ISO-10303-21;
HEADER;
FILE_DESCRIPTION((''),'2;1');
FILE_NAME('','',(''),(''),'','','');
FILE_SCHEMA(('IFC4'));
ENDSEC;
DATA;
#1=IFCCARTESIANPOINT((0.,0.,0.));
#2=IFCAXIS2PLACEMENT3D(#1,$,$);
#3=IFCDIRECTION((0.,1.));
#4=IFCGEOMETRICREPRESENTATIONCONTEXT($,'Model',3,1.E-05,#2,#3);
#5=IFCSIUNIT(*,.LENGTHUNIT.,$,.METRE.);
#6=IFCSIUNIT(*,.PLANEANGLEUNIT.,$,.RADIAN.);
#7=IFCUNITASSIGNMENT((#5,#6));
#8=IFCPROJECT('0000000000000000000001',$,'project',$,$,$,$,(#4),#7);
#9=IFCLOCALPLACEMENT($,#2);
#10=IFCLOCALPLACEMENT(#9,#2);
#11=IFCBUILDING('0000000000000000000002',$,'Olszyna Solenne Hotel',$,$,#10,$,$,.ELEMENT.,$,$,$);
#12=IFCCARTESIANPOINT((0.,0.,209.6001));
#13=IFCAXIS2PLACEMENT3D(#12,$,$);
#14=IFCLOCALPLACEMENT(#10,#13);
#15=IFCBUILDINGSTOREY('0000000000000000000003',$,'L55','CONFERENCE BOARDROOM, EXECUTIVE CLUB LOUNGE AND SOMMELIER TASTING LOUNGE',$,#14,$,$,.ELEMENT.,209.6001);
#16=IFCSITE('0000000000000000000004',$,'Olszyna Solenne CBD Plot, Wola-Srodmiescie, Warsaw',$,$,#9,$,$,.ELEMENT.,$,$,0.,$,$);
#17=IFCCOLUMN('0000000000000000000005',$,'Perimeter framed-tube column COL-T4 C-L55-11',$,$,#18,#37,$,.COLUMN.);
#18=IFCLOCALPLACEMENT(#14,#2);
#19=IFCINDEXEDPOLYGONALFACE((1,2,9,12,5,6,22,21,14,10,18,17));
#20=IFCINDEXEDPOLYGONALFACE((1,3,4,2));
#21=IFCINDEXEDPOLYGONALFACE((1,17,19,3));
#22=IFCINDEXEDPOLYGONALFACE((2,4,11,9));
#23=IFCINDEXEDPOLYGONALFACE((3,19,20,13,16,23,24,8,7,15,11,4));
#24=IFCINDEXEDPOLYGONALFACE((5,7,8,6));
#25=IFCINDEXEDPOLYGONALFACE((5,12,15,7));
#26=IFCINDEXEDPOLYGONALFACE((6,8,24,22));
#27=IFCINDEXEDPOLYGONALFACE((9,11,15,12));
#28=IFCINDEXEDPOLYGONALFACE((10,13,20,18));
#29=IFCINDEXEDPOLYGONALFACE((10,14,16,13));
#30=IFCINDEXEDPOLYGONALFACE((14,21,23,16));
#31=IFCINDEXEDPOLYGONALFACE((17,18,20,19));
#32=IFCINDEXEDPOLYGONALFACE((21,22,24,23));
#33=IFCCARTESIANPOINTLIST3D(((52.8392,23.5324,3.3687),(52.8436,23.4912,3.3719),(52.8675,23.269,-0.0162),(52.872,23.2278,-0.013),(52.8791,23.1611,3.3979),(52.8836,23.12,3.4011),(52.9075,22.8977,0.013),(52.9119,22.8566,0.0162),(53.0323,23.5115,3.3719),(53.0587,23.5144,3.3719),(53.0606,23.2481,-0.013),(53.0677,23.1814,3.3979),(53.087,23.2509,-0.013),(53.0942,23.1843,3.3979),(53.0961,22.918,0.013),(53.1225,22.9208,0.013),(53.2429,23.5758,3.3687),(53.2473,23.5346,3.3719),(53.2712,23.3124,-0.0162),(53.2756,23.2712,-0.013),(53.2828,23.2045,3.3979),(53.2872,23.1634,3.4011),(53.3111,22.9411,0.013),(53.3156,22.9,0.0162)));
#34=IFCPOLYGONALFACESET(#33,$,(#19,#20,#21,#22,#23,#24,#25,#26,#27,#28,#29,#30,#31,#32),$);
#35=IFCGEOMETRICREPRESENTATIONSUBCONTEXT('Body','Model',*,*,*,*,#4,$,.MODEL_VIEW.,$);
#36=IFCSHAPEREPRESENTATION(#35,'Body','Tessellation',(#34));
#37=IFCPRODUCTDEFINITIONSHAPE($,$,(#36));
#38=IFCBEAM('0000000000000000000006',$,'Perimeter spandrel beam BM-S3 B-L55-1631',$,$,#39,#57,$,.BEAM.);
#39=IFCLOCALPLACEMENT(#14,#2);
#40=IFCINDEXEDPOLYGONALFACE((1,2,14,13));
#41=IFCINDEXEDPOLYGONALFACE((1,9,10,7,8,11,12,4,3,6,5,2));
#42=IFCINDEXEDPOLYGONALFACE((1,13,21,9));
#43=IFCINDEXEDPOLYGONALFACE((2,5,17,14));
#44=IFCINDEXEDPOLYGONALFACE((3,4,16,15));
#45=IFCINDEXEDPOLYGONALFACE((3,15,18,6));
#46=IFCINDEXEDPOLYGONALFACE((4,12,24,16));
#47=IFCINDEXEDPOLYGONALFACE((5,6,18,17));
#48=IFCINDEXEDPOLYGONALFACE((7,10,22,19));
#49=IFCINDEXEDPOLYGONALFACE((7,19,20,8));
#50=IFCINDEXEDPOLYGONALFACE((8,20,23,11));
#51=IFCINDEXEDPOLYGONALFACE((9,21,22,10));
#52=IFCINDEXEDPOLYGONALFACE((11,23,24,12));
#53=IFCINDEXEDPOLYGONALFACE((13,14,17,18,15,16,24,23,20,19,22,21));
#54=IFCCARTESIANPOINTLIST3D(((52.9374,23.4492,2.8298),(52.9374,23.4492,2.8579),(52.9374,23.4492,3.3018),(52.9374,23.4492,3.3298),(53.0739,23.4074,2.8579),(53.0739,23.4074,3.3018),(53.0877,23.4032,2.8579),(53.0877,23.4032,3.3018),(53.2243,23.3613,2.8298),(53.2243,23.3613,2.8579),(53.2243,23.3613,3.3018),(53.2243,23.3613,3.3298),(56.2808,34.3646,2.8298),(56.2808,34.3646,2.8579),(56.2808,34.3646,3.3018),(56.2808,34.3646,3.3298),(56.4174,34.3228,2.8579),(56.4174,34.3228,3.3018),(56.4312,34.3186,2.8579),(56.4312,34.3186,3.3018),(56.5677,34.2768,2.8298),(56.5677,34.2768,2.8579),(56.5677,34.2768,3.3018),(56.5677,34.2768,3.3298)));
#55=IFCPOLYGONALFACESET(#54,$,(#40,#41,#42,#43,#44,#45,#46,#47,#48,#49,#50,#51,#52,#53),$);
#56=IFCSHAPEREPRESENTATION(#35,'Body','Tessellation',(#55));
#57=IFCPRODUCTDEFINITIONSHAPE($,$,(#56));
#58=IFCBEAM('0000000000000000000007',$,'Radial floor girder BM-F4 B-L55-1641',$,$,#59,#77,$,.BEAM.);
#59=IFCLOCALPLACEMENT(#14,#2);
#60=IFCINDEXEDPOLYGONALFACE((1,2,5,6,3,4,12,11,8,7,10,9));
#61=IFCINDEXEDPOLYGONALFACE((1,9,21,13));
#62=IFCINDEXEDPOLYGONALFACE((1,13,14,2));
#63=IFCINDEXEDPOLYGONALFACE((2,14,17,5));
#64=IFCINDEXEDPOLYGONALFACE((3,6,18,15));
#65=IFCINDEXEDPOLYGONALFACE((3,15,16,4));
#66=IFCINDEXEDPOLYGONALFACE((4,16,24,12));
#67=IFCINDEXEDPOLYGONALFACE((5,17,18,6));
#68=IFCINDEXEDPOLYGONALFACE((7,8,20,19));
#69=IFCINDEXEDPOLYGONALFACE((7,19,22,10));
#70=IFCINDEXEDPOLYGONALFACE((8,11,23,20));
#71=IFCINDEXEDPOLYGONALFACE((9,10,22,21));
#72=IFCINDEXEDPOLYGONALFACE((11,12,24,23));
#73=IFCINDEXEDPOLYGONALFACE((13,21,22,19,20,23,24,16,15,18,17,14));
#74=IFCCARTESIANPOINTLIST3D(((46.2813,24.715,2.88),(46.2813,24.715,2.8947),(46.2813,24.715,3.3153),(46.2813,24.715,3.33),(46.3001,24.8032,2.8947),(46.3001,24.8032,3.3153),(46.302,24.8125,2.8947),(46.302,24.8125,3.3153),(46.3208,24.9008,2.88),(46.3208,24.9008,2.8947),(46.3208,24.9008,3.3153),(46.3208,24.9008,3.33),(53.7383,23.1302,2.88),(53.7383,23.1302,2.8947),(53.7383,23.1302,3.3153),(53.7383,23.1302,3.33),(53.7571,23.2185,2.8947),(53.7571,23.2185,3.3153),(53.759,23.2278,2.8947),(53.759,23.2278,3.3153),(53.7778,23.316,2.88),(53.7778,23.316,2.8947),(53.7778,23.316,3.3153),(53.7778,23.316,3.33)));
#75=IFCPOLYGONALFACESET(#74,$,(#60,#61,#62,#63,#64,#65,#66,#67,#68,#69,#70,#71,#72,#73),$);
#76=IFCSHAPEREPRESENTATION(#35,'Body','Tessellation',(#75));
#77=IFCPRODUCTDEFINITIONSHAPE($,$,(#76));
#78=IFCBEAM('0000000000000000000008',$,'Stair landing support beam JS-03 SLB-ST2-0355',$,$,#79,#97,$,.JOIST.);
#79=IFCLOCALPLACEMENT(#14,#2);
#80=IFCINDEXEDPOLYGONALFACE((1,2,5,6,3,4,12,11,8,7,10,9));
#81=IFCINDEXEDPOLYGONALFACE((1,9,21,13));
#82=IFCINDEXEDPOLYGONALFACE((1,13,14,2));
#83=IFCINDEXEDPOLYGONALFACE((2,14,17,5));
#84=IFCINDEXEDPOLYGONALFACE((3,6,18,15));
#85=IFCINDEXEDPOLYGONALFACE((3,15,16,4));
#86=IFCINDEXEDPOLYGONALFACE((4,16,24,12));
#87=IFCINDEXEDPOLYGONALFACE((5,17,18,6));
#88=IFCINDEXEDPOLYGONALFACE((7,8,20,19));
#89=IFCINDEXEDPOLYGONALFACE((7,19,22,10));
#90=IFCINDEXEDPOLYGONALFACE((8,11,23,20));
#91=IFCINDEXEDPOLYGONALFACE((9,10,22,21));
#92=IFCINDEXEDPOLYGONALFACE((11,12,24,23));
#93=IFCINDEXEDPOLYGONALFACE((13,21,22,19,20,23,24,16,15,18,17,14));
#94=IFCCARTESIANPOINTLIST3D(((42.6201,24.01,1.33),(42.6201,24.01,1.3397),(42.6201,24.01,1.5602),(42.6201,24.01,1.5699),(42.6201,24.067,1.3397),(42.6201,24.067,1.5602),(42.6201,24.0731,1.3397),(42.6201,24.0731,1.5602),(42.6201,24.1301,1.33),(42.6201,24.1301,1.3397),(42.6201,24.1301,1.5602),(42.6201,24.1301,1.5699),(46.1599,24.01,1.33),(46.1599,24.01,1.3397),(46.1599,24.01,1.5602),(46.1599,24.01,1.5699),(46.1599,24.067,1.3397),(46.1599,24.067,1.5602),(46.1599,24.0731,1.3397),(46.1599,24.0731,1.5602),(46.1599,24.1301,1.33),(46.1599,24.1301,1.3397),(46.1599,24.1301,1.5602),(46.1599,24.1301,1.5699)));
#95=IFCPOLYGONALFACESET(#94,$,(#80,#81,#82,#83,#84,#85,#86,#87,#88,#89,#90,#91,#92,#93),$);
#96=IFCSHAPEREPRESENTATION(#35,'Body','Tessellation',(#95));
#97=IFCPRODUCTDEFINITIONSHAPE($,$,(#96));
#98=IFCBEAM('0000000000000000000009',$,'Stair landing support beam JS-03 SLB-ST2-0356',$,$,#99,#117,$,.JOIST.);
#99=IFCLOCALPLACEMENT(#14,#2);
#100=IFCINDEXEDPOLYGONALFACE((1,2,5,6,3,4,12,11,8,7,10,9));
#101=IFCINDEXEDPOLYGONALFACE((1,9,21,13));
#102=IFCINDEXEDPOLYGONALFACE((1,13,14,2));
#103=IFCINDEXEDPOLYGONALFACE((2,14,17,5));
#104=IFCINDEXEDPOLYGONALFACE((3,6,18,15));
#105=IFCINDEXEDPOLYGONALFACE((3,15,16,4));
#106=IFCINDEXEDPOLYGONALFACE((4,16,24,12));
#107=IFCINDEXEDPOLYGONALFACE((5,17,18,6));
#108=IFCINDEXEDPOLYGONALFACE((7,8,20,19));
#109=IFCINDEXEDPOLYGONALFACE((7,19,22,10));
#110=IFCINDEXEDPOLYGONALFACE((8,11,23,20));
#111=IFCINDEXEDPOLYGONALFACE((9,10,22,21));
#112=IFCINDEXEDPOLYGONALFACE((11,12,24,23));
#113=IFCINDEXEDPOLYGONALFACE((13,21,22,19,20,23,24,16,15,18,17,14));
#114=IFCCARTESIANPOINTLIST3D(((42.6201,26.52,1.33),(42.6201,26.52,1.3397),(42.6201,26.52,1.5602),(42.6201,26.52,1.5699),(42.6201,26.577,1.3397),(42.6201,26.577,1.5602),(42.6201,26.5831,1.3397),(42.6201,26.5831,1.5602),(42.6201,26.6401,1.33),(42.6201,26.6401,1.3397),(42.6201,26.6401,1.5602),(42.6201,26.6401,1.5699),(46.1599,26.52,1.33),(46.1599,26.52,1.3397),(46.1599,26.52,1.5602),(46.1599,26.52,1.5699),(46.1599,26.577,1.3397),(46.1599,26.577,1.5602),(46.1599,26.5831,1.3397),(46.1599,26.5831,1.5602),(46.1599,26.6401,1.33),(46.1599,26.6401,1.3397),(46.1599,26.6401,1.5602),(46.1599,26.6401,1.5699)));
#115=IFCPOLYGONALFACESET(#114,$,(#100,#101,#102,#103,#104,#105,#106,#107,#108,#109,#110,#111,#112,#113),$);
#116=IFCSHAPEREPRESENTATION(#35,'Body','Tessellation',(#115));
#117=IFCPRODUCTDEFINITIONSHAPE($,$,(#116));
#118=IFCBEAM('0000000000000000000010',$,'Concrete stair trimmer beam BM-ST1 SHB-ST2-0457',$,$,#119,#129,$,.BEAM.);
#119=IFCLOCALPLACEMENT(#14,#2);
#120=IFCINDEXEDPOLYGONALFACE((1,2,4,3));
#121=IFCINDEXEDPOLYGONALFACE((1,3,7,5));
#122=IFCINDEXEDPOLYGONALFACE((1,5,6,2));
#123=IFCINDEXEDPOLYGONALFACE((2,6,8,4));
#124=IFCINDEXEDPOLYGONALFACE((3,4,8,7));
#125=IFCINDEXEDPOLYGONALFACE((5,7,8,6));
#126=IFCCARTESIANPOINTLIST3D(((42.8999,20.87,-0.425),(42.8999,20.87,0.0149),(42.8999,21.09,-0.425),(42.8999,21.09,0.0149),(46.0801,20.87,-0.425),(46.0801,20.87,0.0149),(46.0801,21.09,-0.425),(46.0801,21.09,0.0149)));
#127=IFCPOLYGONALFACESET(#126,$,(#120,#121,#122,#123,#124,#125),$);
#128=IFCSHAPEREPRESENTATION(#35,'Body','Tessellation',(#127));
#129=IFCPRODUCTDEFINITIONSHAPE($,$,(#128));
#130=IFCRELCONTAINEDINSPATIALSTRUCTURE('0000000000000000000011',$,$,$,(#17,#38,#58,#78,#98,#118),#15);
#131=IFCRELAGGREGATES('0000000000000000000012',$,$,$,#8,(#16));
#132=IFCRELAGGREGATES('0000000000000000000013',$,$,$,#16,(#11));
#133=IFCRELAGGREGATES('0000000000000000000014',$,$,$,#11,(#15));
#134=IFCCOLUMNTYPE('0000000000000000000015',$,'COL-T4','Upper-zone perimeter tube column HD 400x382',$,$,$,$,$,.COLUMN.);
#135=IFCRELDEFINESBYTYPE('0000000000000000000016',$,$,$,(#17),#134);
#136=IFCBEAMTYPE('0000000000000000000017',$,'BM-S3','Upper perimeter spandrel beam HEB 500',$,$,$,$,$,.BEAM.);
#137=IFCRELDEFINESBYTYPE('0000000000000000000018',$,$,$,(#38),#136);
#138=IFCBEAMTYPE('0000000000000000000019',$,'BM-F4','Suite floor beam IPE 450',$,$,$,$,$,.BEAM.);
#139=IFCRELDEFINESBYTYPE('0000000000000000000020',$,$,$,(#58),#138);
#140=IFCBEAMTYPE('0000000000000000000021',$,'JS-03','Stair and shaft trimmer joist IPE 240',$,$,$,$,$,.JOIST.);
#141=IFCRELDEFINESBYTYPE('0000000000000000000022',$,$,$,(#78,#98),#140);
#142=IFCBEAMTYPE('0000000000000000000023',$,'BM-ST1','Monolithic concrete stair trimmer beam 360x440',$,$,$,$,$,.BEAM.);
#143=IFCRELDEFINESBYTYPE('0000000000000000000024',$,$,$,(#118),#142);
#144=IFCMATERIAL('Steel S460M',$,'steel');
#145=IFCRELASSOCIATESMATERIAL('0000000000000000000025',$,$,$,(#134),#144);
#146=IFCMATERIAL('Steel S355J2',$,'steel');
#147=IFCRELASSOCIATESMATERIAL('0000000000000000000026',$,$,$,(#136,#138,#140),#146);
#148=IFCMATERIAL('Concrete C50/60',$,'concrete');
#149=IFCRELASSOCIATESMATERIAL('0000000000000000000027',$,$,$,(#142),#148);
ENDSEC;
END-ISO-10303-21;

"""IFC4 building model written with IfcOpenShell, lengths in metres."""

from ifc_helpers import new_model, si_unit, direction, frame, origin, origin_2d, place, context, subcontext, project, spatial, rectangle, i_section, extrude, source, transform, mapped, material, material_profile, profile_set, type_object, element, save


model = new_model("IFC4")

# Units and contexts
model_context = context("Model", 3, precision=1e-05, world=origin(), true_north=direction((0.0, 1.0)))
body_context = subcontext(model_context, "Body", "Model", "MODEL_VIEW")
ifc_project = project(units=[si_unit("LENGTHUNIT", "METRE"), si_unit("PLANEANGLEUNIT", "RADIAN")], contexts=[model_context])

# Site, building, storey
site_placement = place(None, origin())
site = spatial("IfcSite", under=ifc_project, at=site_placement, Name="Olszyna Solenne CBD Plot, Wola-Srodmiescie, Warsaw", CompositionType="ELEMENT", RefElevation=0.0)
building_placement = place(site_placement, origin())
building = spatial("IfcBuilding", under=site, at=building_placement, Name="Olszyna Solenne Hotel", CompositionType="ELEMENT")
storey_placement = place(building_placement, frame((0.0, 0.0, 209.6001)))
storey = spatial("IfcBuildingStorey", under=building, at=storey_placement, Name="L55", Description="CONFERENCE BOARDROOM, EXECUTIVE CLUB LOUNGE AND SOMMELIER TASTING LOUNGE", CompositionType="ELEMENT", Elevation=209.6001)

# Column
ifc_material_1 = material(Name="Steel S460M", Category="steel")
ifc_material_profile_1 = material_profile(ifc_material_1, i_section(OverallWidth=0.406, OverallDepth=0.416, WebThickness=0.0266, FlangeThickness=0.0415, at=origin_2d()), Name="HD 400x382", Category="load-bearing")
ifc_profile_set_1 = profile_set([ifc_material_profile_1], Name="Steel S460M")
column_type = type_object("IfcColumnType", Name="COL-T4", Description="Upper-zone perimeter tube column HD 400x382", PredefinedType="COLUMN", material=ifc_profile_set_1)
shared_shape_1 = source(origin(), body_context, "Body", "SweptSolid", [
    extrude(i_section(OverallWidth=0.406, OverallDepth=0.416, WebThickness=0.0266, FlangeThickness=0.0415, at=origin_2d()), origin(), (0.0, 0.0, 1.0), 3.3953),
])
column_placement = place(storey_placement, frame((53.0916, 23.0845, 0.0), z_axis=(-0.008341, 0.077585, 0.996951), x_axis=(-0.994271, -0.106891, 0.0)))
element("IfcColumn", 1, at=column_placement, inside=storey, type_object=column_type, Name="Perimeter framed-tube column COL-T4 C-L55-11", PredefinedType="COLUMN", context=body_context, shape_type="MappedRepresentation", body=[
    mapped(shared_shape_1, transform((0.0, 0.0, 0.0), x_axis=(1.0, 0.0, 0.0), y_axis=(0.0, 1.0, 0.0), z_axis=(0.0, 0.0, 1.0), scale=1.0)),
])

# Beams
ifc_material_2 = material(Name="Steel S355J2", Category="steel")
ifc_material_profile_2 = material_profile(ifc_material_2, i_section(OverallWidth=0.3, OverallDepth=0.5, WebThickness=0.0144, FlangeThickness=0.0281, at=origin_2d()), Name="HEB 500", Category="load-bearing")
ifc_profile_set_2 = profile_set([ifc_material_profile_2], Name="Steel S355J2")
beam_type_1 = type_object("IfcBeamType", Name="BM-S3", Description="Upper perimeter spandrel beam HEB 500", PredefinedType="BEAM", material=ifc_profile_set_2)
shared_shape_2 = source(origin(), body_context, "Body", "SweptSolid", [
    extrude(i_section(OverallWidth=0.3, OverallDepth=0.5, WebThickness=0.0144, FlangeThickness=0.0281, at=origin_2d()), origin(), (0.0, 0.0, 1.0), 11.416),
])
beam_1_placement = place(storey_placement, frame((53.0808, 23.4053, 3.0798), z_axis=(0.292876, 0.95615, 0.0), x_axis=(-0.95615, 0.292876, 0.0)))
element("IfcBeam", 2, at=beam_1_placement, inside=storey, type_object=beam_type_1, Name="Perimeter spandrel beam BM-S3 B-L55-1631", PredefinedType="BEAM", context=body_context, shape_type="MappedRepresentation", body=[
    mapped(shared_shape_2, transform((0.0, 0.0, 0.0), x_axis=(1.0, 0.0, 0.0), y_axis=(0.0, 1.0, 0.0), z_axis=(0.0, 0.0, 1.0), scale=1.0)),
])
ifc_material_profile_3 = material_profile(ifc_material_2, i_section(OverallWidth=0.1899, OverallDepth=0.45, WebThickness=0.0095, FlangeThickness=0.0146, at=origin_2d()), Name="IPE 450", Category="load-bearing")
ifc_profile_set_3 = profile_set([ifc_material_profile_3], Name="Steel S355J2")
beam_type_2 = type_object("IfcBeamType", Name="BM-F4", Description="Suite floor beam IPE 450", PredefinedType="BEAM", material=ifc_profile_set_3)
shared_shape_3 = source(origin(), body_context, "Body", "SweptSolid", [
    extrude(i_section(OverallWidth=0.1899, OverallDepth=0.45, WebThickness=0.0095, FlangeThickness=0.0146, at=origin_2d()), origin(), (0.0, 0.0, 1.0), 7.6235),
])
beam_2_placement = place(storey_placement, frame((53.7581, 23.2231, 3.105), z_axis=(-0.978156, 0.207871, 0.0), x_axis=(-0.207871, -0.978156, 0.0)))
element("IfcBeam", 3, at=beam_2_placement, inside=storey, type_object=beam_type_2, Name="Radial floor girder BM-F4 B-L55-1641", PredefinedType="BEAM", context=body_context, shape_type="MappedRepresentation", body=[
    mapped(shared_shape_3, transform((0.0, 0.0, 0.0), x_axis=(1.0, 0.0, 0.0), y_axis=(0.0, 1.0, 0.0), z_axis=(0.0, 0.0, 1.0), scale=1.0)),
])
ifc_material_profile_4 = material_profile(ifc_material_2, i_section(OverallWidth=0.1201, OverallDepth=0.24, WebThickness=0.0061, FlangeThickness=0.0098, at=origin_2d()), Name="IPE 240", Category="load-bearing")
ifc_profile_set_4 = profile_set([ifc_material_profile_4], Name="Steel S355J2")
beam_type_3 = type_object("IfcBeamType", Name="JS-03", Description="Stair and shaft trimmer joist IPE 240", PredefinedType="JOIST", material=ifc_profile_set_4)
shared_shape_4 = source(origin(), body_context, "Body", "SweptSolid", [
    extrude(i_section(OverallWidth=0.1201, OverallDepth=0.24, WebThickness=0.0061, FlangeThickness=0.0098, at=origin_2d()), origin(), (0.0, 0.0, 1.0), 3.5398),
])
for number, where, z_axis, x_axis, name in (
    (4, (46.1599, 24.0701, 1.45), (-1.0, 0.0, 0.0), (0.0, -1.0, 0.0), "Stair landing support beam JS-03 SLB-ST2-0355"),
    (5, (46.1599, 26.5801, 1.45), (-1.0, 0.0, 0.0), (0.0, -1.0, 0.0), "Stair landing support beam JS-03 SLB-ST2-0356"),
):
    element("IfcBeam", number, at=place(storey_placement, frame(where, z_axis=z_axis, x_axis=x_axis)), inside=storey, type_object=beam_type_3, Name=name, PredefinedType="JOIST", context=body_context, shape_type="MappedRepresentation", body=[
        mapped(shared_shape_4, transform((0.0, 0.0, 0.0), x_axis=(1.0, 0.0, 0.0), y_axis=(0.0, 1.0, 0.0), z_axis=(0.0, 0.0, 1.0), scale=1.0)),
    ])
ifc_material_3 = material(Name="Concrete C50/60", Category="concrete")
ifc_material_profile_5 = material_profile(ifc_material_3, rectangle(XDim=0.22, YDim=0.4399, at=origin_2d()), Name="RC 220x440", Category="load-bearing")
ifc_profile_set_5 = profile_set([ifc_material_profile_5], Name="Concrete C50/60")
beam_type_4 = type_object("IfcBeamType", Name="BM-ST1", Description="Monolithic concrete stair trimmer beam 360x440", PredefinedType="BEAM", material=ifc_profile_set_5)
shared_shape_5 = source(origin(), body_context, "Body", "SweptSolid", [
    extrude(rectangle(XDim=0.22, YDim=0.4399, at=origin_2d()), origin(), (0.0, 0.0, 1.0), 3.1802),
])
beam_3_placement = place(storey_placement, frame((46.0801, 20.98, -0.2051), z_axis=(-1.0, 0.0, 0.0), x_axis=(0.0, -1.0, 0.0)))
element("IfcBeam", 6, at=beam_3_placement, inside=storey, type_object=beam_type_4, Name="Concrete stair trimmer beam BM-ST1 SHB-ST2-0457", PredefinedType="BEAM", context=body_context, shape_type="MappedRepresentation", body=[
    mapped(shared_shape_5, transform((0.0, 0.0, 0.0), x_axis=(1.0, 0.0, 0.0), y_axis=(0.0, 1.0, 0.0), z_axis=(0.0, 0.0, 1.0), scale=1.0)),
])

save(model, "model.ifc")
